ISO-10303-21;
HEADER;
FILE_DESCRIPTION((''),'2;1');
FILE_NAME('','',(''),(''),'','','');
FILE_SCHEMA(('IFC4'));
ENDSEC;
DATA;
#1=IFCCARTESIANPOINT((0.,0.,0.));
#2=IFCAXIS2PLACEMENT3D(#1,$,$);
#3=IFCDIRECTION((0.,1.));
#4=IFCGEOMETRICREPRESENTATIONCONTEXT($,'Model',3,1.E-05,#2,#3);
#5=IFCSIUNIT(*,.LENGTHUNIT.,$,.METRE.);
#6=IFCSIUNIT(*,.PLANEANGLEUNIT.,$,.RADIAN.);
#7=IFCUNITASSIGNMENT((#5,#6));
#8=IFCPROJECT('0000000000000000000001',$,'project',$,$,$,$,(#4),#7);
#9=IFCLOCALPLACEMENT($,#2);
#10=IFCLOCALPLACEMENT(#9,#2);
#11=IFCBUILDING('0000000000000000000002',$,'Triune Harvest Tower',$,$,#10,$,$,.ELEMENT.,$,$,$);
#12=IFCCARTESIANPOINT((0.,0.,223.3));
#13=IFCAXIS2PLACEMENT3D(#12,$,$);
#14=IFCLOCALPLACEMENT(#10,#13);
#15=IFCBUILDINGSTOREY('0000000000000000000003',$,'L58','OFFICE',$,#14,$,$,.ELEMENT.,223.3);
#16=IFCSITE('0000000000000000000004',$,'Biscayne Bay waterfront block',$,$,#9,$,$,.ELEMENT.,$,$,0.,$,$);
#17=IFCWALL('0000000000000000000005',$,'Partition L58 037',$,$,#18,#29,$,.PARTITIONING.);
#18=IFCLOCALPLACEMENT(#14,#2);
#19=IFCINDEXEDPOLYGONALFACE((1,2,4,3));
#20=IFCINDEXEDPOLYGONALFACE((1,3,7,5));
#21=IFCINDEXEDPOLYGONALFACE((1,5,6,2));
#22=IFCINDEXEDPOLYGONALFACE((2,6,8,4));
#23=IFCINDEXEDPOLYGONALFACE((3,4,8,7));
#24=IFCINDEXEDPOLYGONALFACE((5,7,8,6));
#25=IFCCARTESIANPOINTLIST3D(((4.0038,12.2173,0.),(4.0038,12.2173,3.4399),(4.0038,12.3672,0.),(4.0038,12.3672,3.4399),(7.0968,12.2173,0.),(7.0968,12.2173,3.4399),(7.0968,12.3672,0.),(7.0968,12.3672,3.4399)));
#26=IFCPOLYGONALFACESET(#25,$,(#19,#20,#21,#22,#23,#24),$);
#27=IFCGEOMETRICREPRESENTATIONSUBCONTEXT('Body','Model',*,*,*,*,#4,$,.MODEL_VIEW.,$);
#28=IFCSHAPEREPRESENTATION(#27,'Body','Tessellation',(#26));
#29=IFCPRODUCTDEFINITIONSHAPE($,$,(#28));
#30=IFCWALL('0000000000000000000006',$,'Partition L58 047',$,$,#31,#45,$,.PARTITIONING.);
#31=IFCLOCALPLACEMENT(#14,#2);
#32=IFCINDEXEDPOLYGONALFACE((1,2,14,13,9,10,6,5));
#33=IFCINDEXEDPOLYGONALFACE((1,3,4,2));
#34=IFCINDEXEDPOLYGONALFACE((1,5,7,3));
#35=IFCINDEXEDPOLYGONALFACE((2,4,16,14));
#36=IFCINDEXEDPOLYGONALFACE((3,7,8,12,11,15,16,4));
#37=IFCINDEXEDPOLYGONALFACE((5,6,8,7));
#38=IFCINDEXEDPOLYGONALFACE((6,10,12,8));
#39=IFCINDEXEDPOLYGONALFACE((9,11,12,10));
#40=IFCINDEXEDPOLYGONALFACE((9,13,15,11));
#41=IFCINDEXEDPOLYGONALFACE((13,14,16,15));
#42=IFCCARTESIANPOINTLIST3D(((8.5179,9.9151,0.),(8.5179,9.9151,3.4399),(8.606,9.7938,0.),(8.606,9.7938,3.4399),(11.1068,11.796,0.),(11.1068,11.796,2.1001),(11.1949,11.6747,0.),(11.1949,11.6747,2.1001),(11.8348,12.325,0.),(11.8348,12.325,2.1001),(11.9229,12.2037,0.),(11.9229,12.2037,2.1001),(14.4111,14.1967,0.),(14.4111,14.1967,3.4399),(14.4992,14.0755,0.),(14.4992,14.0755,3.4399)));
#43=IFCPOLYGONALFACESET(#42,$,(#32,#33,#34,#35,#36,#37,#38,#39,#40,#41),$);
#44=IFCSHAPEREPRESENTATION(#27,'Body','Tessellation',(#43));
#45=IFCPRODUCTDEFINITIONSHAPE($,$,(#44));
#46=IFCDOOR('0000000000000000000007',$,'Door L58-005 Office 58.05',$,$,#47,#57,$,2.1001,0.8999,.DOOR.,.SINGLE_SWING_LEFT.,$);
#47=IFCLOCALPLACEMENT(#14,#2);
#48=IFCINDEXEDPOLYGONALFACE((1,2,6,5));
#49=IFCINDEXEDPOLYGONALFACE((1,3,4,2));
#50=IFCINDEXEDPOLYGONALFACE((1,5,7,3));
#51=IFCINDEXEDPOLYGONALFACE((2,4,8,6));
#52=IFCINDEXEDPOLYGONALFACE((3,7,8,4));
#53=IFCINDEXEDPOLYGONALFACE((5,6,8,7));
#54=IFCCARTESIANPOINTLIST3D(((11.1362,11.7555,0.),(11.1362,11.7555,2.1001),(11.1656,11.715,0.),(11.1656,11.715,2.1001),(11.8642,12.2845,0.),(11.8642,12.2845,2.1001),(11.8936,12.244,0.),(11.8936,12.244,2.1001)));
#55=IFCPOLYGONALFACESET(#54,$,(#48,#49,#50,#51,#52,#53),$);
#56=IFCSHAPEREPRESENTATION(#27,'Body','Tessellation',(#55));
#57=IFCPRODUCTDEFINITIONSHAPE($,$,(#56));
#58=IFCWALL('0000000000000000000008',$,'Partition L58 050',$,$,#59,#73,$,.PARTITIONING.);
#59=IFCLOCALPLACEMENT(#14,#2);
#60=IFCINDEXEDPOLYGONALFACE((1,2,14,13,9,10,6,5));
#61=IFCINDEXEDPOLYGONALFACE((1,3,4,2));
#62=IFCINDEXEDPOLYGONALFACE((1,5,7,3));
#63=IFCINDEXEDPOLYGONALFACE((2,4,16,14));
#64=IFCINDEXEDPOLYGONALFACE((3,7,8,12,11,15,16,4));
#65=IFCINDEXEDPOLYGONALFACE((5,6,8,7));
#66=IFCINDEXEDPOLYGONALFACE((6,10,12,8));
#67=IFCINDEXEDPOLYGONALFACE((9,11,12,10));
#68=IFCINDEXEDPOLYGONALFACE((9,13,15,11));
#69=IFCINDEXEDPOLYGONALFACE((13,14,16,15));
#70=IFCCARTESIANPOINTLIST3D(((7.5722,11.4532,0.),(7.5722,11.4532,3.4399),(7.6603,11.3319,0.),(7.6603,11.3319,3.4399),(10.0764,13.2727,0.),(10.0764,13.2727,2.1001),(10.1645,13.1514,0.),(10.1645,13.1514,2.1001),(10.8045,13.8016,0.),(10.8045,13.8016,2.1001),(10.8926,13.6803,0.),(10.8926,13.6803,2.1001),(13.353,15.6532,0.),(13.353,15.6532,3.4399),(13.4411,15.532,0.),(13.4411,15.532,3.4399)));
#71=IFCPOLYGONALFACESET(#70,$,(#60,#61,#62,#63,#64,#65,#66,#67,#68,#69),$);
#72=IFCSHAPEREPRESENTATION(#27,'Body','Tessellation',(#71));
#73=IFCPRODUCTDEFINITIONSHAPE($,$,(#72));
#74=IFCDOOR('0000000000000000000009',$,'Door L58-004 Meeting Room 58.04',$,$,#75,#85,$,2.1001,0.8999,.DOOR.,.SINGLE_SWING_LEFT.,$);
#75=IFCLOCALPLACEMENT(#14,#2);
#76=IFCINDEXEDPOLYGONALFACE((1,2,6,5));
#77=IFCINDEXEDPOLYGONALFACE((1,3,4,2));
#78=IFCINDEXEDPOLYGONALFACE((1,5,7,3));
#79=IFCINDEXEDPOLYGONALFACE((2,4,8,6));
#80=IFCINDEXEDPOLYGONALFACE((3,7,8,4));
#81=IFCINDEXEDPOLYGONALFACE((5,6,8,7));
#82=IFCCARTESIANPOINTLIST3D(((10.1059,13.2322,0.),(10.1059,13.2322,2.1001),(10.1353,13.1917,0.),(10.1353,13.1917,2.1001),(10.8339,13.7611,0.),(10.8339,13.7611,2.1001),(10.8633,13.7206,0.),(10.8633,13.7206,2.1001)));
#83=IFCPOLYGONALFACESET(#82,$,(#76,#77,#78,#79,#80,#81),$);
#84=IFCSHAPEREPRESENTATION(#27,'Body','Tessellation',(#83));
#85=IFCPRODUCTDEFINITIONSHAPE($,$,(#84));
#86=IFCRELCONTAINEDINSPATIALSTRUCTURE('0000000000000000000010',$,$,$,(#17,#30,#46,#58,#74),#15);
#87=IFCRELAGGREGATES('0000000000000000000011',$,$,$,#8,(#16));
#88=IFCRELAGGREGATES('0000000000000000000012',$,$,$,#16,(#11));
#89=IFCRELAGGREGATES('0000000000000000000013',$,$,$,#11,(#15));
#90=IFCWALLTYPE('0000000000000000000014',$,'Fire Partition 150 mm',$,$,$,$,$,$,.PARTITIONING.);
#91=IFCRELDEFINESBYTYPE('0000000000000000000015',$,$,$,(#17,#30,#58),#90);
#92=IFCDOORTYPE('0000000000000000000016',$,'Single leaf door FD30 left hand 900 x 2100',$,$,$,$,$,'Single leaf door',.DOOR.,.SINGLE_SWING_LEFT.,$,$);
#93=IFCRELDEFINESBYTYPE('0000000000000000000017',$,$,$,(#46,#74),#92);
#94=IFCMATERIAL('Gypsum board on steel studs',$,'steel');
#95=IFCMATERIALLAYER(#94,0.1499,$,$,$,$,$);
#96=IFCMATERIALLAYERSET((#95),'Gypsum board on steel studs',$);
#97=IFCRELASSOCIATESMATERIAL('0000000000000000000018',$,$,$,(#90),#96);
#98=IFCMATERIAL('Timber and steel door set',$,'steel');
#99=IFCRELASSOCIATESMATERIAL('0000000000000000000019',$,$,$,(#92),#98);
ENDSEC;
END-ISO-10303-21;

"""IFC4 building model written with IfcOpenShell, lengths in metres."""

from ifc_helpers import new_model, si_unit, direction, frame, frame_2d, origin, place, context, subcontext, project, spatial, rectangle, extrude, source, transform, mapped, material, layer, layer_set, type_object, element, fill, save


model = new_model("IFC4")

# Units and contexts
model_context = context("Model", 3, precision=1e-05, world=origin(), true_north=direction((0.0, 1.0)))
body_context = subcontext(model_context, "Body", "Model", "MODEL_VIEW")
ifc_project = project(units=[si_unit("LENGTHUNIT", "METRE"), si_unit("PLANEANGLEUNIT", "RADIAN")], contexts=[model_context])

# Site, building, storey
site_placement = place(None, origin())
site = spatial("IfcSite", under=ifc_project, at=site_placement, Name="Biscayne Bay waterfront block", CompositionType="ELEMENT", RefElevation=0.0)
building_placement = place(site_placement, origin())
building = spatial("IfcBuilding", under=site, at=building_placement, Name="Triune Harvest Tower", CompositionType="ELEMENT")
storey_placement = place(building_placement, frame((0.0, 0.0, 223.3)))
storey = spatial("IfcBuildingStorey", under=building, at=storey_placement, Name="L58", Description="OFFICE", CompositionType="ELEMENT", Elevation=223.3)

# Shared definitions
ifc_material_1 = material(Name="Gypsum board on steel studs", Category="steel")
ifc_layer_1 = layer(ifc_material_1, 0.1499)
ifc_layer_set_1 = layer_set([ifc_layer_1], Name="Gypsum board on steel studs")
wall_type_1 = type_object("IfcWallType", Name="Fire Partition 150 mm", PredefinedType="PARTITIONING", material=ifc_layer_set_1)

# Wall
shared_shape_1 = source(origin(), body_context, "Body", "SweptSolid", [
    extrude(rectangle(XDim=3.093, YDim=0.1499, at=frame_2d((1.5464, 0.0))), origin(), (0.0, 0.0, 1.0), 3.4399),
])
wall_1_placement = place(storey_placement, frame((4.0039, 12.2922, 0.0), z_axis=(0.0, 0.0, 1.0), x_axis=(1.0, 0.0, 0.0)))
element("IfcWall", 1, at=wall_1_placement, inside=storey, type_object=wall_type_1, Name="Partition L58 037", PredefinedType="PARTITIONING", context=body_context, shape_type="MappedRepresentation", body=[
    mapped(shared_shape_1, transform((0.0, 0.0, 0.0), scale=1.0)),
])

# Walls, openings, doors
shared_shape_2 = source(origin(), body_context, "Body", "SweptSolid", [
    extrude(rectangle(XDim=7.2844, YDim=0.1499, at=frame_2d((3.6421, 0.0))), origin(), (0.0, 0.0, 1.0), 3.4399),
])
wall_2_placement = place(storey_placement, frame((8.562, 9.8545, 0.0), z_axis=(0.0, 0.0, 1.0), x_axis=(0.809017, 0.587785, 0.0)))
wall_2 = element("IfcWall", 2, at=wall_2_placement, inside=storey, type_object=wall_type_1, Name="Partition L58 047", PredefinedType="PARTITIONING", context=body_context, shape_type="MappedRepresentation", body=[
    mapped(shared_shape_2, transform((0.0, 0.0, 0.0), scale=1.0)),
])
opening_1_placement = place(wall_2_placement, frame((3.2, 0.0, 0.0)))
opening_1 = element("IfcOpeningElement", 3, at=opening_1_placement, cuts=wall_2, PredefinedType="OPENING", context=body_context, shape_type="SweptSolid", body=[
    extrude(rectangle(XDim=0.8999, YDim=2.1001, at=frame_2d((0.45, 1.05))), frame((0.0, 0.085, 0.0), z_axis=(0.0, -1.0, 0.0), x_axis=(1.0, 0.0, 0.0)), (0.0, 0.0, 1.0), 0.1699),
])
ifc_material_2 = material(Name="Timber and steel door set", Category="steel")
door_type_1 = type_object("IfcDoorType", Name="Single leaf door FD30 left hand 900 x 2100", ElementType="Single leaf door", OperationType="SINGLE_SWING_LEFT", PredefinedType="DOOR", material=ifc_material_2)
door_1_placement = place(opening_1_placement, origin())
door_1 = element("IfcDoor", 4, at=door_1_placement, inside=storey, type_object=door_type_1, Name="Door L58-005 Office 58.05", OperationType="SINGLE_SWING_LEFT", OverallHeight=2.1001, OverallWidth=0.8999, PredefinedType="DOOR", context=body_context, shape_type="SweptSolid", body=[
    extrude(rectangle(XDim=0.8999, YDim=2.1001, at=frame_2d((0.45, 1.05))), frame((0.0, 0.0249, 0.0), z_axis=(0.0, -1.0, 0.0), x_axis=(1.0, 0.0, 0.0)), (0.0, 0.0, 1.0), 0.05),
])
fill(opening_1, door_1)
shared_shape_3 = source(origin(), body_context, "Body", "SweptSolid", [
    extrude(rectangle(XDim=7.1455, YDim=0.1499, at=frame_2d((3.5728, 0.0))), origin(), (0.0, 0.0, 1.0), 3.4399),
])
wall_3_placement = place(storey_placement, frame((7.6162, 11.3926, 0.0), z_axis=(0.0, 0.0, 1.0), x_axis=(0.809018, 0.587784, 0.0)))
wall_3 = element("IfcWall", 5, at=wall_3_placement, inside=storey, type_object=wall_type_1, Name="Partition L58 050", PredefinedType="PARTITIONING", context=body_context, shape_type="MappedRepresentation", body=[
    mapped(shared_shape_3, transform((0.0, 0.0, 0.0), scale=1.0)),
])
opening_2_placement = place(wall_3_placement, frame((3.0955, 0.0, 0.0)))
opening_2 = element("IfcOpeningElement", 6, at=opening_2_placement, cuts=wall_3, PredefinedType="OPENING", context=body_context, shape_type="SweptSolid", body=[
    extrude(rectangle(XDim=0.8999, YDim=2.1001, at=frame_2d((0.45, 1.05))), frame((0.0, 0.085, 0.0), z_axis=(0.0, -1.0, 0.0), x_axis=(1.0, 0.0, 0.0)), (0.0, 0.0, 1.0), 0.1699),
])
door_2_placement = place(opening_2_placement, origin())
door_2 = element("IfcDoor", 7, at=door_2_placement, inside=storey, type_object=door_type_1, Name="Door L58-004 Meeting Room 58.04", OperationType="SINGLE_SWING_LEFT", OverallHeight=2.1001, OverallWidth=0.8999, PredefinedType="DOOR", context=body_context, shape_type="SweptSolid", body=[
    extrude(rectangle(XDim=0.8999, YDim=2.1001, at=frame_2d((0.45, 1.05))), frame((0.0, 0.0249, 0.0), z_axis=(0.0, -1.0, 0.0), x_axis=(1.0, 0.0, 0.0)), (0.0, 0.0, 1.0), 0.05),
])
fill(opening_2, door_2)

save(model, "model.ifc")
